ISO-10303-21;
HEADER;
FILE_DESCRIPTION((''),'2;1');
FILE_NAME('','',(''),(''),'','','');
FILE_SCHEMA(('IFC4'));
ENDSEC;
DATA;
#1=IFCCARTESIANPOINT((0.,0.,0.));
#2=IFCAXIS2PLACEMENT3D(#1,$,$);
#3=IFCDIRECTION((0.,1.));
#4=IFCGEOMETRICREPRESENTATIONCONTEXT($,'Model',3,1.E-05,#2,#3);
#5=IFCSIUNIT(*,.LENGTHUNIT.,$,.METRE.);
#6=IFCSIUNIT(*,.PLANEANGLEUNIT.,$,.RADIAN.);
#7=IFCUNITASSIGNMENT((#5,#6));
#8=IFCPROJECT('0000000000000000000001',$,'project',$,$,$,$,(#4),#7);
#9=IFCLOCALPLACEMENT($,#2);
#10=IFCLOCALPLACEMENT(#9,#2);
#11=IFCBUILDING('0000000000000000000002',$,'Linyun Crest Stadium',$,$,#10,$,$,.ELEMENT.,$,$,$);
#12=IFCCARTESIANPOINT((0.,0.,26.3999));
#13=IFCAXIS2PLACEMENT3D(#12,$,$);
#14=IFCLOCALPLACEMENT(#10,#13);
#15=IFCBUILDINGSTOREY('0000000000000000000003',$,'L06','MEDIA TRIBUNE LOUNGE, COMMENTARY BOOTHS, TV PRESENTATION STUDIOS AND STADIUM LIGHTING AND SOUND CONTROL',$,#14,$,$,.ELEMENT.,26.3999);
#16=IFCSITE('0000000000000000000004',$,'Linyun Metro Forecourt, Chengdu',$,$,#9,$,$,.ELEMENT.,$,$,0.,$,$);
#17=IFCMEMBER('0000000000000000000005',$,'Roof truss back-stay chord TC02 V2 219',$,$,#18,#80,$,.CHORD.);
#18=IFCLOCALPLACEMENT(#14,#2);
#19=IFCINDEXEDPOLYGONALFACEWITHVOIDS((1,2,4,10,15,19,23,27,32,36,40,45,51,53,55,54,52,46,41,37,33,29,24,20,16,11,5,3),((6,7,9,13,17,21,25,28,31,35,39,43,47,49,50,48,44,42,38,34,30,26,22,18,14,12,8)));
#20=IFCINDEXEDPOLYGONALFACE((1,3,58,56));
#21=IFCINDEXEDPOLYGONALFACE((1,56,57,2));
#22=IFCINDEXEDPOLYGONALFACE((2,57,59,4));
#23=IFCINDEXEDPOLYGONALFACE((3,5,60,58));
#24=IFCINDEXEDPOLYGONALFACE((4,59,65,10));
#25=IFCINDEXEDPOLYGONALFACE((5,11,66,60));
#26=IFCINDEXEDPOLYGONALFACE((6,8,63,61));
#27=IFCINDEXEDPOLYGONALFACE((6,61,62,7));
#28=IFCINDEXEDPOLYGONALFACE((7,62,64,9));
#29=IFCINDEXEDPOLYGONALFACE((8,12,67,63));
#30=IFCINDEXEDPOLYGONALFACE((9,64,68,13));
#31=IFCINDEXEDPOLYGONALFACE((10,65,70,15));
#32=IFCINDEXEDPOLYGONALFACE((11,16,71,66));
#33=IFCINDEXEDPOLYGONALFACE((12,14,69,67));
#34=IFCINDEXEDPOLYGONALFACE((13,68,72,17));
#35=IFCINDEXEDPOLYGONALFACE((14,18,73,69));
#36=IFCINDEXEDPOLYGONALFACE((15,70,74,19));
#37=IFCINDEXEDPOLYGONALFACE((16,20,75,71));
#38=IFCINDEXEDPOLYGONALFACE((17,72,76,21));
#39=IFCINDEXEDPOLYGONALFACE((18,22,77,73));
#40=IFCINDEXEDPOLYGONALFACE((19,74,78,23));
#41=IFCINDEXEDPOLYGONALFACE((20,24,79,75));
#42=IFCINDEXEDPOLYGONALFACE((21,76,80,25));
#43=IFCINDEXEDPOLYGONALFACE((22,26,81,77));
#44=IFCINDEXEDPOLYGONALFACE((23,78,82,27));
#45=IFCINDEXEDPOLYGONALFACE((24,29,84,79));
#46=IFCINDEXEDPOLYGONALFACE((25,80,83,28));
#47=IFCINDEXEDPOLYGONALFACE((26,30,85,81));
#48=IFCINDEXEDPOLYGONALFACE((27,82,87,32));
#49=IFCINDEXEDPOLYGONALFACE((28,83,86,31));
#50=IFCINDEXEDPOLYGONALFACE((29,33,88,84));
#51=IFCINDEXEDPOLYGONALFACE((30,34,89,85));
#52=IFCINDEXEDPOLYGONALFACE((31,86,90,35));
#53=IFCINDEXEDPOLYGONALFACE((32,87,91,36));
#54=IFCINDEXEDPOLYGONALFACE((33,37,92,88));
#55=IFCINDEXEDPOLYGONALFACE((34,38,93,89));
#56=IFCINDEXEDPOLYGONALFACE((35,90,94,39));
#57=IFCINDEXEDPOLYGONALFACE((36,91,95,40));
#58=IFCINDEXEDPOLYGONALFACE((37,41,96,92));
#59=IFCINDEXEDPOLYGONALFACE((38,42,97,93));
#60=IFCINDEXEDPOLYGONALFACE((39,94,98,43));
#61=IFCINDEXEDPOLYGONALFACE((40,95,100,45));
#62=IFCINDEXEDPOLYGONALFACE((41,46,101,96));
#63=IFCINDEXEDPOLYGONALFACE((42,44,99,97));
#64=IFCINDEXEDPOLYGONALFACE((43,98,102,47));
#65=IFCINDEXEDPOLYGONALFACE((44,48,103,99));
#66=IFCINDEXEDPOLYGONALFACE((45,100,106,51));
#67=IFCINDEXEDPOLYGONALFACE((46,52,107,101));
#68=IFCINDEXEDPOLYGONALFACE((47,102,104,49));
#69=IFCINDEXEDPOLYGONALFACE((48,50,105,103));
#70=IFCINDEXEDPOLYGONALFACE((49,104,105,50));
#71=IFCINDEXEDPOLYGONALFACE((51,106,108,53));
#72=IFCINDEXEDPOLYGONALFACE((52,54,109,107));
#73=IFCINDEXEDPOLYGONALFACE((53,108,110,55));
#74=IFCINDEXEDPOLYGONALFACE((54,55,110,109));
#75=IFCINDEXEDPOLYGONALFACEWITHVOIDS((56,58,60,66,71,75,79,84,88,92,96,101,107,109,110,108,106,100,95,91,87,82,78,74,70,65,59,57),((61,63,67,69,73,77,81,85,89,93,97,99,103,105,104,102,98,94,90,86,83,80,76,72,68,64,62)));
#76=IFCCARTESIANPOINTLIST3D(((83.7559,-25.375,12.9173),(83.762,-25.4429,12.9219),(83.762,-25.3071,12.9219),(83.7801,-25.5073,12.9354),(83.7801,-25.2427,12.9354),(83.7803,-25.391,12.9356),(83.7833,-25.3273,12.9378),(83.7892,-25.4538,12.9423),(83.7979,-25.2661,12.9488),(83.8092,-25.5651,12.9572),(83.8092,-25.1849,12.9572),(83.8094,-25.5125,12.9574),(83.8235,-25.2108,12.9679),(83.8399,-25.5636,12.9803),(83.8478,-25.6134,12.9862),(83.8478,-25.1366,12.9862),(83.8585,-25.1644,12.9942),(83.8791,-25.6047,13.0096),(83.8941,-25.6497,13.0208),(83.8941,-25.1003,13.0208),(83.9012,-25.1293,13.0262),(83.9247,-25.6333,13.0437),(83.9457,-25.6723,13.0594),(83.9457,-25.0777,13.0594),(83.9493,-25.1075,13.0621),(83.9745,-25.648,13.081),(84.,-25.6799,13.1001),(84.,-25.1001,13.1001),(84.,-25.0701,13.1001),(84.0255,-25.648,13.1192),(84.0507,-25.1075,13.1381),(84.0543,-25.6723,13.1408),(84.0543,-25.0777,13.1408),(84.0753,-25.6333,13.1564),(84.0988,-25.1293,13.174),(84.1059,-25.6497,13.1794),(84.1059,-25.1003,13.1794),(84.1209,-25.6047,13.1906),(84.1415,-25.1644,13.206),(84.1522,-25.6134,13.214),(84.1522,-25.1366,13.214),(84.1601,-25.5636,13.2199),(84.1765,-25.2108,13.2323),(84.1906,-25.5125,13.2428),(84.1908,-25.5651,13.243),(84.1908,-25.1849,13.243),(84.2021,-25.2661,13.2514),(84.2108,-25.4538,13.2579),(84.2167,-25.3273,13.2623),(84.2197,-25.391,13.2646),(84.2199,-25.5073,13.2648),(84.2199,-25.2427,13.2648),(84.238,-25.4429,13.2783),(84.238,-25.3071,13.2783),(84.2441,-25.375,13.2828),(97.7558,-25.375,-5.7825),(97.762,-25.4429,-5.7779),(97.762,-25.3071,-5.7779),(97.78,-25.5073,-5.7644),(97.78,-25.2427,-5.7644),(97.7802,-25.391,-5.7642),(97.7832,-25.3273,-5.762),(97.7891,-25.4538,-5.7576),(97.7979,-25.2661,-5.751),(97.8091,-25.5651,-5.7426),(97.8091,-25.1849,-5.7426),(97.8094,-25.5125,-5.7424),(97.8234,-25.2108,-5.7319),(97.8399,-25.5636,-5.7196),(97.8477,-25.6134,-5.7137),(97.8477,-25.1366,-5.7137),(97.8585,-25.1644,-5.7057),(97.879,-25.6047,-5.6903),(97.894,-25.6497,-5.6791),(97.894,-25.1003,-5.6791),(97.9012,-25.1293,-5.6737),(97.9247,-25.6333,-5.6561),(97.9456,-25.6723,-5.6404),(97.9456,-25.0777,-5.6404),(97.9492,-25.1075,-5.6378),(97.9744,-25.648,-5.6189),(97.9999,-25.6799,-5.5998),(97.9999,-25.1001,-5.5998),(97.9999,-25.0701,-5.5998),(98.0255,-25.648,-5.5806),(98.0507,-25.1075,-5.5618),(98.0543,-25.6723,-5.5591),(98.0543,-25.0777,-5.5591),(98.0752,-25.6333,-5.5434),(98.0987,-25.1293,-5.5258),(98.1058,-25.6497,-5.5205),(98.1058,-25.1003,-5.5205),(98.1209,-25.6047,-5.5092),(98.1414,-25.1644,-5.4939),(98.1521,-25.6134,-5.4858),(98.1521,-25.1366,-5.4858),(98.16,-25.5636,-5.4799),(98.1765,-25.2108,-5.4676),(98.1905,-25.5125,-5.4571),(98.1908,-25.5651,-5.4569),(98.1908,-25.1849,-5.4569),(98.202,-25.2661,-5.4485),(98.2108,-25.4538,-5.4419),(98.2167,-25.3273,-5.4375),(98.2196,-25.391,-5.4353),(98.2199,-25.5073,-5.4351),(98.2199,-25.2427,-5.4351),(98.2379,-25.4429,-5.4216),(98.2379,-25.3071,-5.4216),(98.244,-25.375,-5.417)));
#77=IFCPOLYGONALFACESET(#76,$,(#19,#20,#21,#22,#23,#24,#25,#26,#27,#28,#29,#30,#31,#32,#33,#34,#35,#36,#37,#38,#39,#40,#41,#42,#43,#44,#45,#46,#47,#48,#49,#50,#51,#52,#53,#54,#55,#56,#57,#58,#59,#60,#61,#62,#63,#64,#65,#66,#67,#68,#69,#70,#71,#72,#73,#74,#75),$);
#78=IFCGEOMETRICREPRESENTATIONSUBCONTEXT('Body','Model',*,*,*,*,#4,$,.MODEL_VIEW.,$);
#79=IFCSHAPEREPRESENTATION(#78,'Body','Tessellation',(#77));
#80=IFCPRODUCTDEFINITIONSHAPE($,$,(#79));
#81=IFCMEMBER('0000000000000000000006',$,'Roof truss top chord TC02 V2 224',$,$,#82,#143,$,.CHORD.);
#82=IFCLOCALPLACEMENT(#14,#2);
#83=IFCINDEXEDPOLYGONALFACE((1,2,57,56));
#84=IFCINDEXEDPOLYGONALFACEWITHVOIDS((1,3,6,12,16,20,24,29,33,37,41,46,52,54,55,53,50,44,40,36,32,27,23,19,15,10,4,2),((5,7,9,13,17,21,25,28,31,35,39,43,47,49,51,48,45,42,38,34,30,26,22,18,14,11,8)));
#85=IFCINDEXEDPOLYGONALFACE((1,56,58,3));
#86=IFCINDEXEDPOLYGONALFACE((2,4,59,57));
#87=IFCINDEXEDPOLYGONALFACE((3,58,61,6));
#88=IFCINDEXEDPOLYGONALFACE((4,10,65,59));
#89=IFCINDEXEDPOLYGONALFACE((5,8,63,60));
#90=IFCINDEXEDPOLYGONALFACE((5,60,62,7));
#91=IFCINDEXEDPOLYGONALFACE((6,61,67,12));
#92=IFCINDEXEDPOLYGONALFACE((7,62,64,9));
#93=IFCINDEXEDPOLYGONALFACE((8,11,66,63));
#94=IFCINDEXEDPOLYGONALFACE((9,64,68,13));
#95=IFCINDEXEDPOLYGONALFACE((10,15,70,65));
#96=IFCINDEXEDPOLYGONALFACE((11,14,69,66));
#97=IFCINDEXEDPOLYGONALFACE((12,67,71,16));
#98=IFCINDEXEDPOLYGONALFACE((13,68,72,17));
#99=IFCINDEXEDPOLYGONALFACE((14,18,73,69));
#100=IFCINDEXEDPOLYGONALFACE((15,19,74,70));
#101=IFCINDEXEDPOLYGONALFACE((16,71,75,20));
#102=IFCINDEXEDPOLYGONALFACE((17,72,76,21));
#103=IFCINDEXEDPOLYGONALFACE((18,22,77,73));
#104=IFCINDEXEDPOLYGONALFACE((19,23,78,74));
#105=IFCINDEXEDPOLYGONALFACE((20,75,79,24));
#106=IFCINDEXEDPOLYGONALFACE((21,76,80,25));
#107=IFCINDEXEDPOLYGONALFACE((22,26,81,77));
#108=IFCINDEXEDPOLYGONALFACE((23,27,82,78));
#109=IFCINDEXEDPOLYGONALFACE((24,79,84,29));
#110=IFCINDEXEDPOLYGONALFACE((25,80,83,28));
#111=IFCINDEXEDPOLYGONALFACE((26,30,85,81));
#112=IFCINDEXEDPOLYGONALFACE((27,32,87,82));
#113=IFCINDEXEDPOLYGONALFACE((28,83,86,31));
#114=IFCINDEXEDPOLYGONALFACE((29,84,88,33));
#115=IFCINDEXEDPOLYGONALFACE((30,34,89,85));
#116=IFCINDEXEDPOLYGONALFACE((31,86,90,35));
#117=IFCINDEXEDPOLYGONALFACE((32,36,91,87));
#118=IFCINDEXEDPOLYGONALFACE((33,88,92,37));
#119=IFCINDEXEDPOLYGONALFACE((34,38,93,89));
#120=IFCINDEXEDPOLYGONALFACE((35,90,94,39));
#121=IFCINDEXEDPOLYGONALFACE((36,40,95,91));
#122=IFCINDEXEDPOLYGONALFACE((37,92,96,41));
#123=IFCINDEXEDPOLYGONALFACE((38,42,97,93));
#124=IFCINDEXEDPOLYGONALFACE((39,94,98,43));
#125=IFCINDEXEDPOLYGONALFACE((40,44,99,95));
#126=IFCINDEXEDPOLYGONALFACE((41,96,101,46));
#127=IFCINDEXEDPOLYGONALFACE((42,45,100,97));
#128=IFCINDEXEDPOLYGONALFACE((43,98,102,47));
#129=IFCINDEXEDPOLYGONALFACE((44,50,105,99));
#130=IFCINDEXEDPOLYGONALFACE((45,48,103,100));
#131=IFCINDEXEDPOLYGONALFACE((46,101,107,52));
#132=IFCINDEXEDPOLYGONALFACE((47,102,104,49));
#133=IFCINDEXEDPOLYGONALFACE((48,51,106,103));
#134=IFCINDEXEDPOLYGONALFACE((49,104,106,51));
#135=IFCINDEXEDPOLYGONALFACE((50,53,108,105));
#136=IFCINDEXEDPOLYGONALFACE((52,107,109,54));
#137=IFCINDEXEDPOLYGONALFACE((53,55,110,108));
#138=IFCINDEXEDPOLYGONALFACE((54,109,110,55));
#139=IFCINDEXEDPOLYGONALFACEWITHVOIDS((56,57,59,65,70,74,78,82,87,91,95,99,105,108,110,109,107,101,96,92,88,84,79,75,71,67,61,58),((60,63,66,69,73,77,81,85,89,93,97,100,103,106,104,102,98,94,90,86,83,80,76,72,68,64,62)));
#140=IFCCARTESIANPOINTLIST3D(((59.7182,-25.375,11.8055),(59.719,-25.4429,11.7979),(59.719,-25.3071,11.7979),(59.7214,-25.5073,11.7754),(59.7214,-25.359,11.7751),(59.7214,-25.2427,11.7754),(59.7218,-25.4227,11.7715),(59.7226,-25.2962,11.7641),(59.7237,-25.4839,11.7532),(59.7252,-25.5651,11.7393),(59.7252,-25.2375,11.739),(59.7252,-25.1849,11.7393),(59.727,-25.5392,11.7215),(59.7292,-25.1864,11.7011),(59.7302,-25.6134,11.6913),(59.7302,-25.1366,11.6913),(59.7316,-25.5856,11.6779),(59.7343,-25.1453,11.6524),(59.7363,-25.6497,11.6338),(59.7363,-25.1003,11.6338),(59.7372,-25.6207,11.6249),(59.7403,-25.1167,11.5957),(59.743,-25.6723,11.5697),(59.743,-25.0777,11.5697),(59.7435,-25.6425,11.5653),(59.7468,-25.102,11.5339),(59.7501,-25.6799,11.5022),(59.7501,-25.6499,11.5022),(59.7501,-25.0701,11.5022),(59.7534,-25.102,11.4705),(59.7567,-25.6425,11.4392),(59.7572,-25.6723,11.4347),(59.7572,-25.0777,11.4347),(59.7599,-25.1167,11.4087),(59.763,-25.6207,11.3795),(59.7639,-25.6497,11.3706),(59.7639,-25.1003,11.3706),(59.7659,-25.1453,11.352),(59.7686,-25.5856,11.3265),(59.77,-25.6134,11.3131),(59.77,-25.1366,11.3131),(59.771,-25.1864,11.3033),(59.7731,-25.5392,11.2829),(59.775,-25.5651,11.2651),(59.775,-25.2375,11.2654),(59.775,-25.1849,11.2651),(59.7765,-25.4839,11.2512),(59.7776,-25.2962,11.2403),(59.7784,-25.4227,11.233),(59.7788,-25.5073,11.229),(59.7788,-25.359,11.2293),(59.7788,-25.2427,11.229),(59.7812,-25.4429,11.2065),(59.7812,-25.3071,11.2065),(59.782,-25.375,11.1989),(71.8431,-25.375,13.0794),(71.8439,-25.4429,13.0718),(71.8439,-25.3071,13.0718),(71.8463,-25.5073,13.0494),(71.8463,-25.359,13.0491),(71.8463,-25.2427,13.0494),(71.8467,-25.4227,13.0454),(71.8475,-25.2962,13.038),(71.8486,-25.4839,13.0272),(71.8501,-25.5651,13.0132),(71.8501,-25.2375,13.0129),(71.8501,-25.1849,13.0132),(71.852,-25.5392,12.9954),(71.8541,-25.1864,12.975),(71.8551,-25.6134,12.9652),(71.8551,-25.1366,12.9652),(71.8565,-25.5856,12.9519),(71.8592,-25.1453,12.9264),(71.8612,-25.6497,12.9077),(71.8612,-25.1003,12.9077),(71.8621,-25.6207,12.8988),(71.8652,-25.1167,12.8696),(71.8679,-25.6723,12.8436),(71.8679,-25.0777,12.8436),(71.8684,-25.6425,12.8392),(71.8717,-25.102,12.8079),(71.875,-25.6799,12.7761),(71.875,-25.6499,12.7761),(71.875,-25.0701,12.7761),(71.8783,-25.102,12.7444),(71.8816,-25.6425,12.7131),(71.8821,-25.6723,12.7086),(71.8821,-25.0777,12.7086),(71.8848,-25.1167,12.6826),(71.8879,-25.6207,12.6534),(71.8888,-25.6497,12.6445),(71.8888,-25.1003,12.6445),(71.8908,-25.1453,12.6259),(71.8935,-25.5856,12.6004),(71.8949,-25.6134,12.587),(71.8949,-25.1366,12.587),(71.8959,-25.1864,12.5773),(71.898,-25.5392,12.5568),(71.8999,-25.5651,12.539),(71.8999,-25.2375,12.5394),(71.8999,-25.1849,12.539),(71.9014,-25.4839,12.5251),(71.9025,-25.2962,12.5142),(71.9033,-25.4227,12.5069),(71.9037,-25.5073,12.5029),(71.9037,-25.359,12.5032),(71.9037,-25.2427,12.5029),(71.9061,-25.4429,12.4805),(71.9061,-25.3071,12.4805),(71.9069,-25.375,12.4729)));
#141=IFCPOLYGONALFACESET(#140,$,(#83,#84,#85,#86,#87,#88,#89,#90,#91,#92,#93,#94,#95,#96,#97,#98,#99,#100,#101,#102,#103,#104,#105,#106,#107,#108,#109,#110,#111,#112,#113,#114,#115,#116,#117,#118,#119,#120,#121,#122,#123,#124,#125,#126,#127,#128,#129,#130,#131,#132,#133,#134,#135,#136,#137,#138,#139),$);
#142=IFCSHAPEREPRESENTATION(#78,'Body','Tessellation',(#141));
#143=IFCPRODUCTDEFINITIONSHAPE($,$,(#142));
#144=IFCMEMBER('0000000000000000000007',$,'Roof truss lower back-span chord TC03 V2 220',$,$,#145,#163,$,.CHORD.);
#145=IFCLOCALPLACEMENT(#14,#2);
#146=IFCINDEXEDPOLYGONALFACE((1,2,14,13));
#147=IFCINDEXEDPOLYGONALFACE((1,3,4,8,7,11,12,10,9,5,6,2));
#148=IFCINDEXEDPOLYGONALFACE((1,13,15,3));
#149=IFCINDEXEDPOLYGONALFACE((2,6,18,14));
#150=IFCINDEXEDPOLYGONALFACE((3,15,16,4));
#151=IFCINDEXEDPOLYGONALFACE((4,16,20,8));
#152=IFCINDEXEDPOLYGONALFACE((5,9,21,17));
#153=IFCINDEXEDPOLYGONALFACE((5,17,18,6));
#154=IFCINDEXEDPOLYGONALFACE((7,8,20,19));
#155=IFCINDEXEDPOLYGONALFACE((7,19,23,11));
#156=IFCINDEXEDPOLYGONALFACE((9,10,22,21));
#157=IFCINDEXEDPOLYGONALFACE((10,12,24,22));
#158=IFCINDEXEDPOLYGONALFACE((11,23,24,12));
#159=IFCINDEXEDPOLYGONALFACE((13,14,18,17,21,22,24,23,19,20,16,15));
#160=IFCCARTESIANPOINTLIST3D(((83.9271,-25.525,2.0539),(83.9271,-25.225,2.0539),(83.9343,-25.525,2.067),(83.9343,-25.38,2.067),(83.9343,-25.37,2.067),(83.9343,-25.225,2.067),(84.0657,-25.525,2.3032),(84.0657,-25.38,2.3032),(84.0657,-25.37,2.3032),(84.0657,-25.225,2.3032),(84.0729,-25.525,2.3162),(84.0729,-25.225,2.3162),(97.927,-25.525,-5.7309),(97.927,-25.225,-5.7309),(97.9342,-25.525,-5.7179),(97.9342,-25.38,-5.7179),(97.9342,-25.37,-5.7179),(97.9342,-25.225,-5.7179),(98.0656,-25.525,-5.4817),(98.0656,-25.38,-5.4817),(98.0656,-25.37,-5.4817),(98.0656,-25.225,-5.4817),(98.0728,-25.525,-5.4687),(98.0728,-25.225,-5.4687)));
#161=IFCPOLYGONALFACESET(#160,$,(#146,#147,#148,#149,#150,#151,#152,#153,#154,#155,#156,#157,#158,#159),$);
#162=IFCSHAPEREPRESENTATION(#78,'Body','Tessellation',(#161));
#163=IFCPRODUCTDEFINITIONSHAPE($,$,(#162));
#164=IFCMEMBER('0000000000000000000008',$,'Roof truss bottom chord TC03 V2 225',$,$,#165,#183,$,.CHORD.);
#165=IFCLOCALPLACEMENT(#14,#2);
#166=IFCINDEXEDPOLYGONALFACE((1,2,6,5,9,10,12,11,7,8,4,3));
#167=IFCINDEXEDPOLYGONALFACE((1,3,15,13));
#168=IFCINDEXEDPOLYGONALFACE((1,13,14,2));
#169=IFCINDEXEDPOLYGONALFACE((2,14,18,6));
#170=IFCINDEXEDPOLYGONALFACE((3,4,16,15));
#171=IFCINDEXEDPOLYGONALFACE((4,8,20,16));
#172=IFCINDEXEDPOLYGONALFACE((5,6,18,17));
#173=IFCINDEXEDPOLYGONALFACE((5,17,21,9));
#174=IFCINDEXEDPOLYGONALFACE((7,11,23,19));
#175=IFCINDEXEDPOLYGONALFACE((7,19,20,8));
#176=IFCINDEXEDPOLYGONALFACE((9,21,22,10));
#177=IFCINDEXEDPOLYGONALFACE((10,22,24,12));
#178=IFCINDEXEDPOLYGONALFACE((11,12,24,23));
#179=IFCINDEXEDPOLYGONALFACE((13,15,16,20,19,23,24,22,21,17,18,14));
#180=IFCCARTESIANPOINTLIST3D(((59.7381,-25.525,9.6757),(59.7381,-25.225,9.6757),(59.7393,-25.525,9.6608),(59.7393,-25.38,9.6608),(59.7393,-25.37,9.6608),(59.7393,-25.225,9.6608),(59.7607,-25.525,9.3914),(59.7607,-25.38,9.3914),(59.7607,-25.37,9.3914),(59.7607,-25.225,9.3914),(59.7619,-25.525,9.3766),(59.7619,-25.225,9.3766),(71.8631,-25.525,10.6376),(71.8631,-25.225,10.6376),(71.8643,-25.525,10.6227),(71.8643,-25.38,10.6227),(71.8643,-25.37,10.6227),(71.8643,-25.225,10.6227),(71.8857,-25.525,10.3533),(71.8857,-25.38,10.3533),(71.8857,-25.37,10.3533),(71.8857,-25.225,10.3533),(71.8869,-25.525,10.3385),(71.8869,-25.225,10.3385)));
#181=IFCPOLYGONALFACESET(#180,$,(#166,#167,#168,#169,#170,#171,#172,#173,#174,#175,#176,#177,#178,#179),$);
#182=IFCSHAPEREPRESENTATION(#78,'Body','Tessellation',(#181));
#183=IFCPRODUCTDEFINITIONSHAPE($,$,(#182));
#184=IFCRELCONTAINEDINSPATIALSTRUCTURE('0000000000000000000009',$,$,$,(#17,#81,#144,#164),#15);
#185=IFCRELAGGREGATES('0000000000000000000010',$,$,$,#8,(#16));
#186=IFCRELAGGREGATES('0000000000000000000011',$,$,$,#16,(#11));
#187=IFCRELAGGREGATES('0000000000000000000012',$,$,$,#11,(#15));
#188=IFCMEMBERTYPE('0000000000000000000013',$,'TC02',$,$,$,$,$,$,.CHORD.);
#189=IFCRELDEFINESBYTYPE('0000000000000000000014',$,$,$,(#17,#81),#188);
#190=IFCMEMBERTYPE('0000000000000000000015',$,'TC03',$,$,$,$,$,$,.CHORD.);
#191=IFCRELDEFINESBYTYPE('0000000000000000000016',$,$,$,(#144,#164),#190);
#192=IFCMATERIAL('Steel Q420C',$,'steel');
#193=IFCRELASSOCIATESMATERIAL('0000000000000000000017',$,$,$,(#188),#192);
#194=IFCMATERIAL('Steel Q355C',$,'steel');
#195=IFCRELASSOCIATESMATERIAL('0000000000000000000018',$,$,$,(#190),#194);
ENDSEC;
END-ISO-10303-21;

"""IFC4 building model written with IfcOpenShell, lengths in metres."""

from ifc_helpers import new_model, si_unit, direction, frame, origin, origin_2d, place, context, subcontext, project, spatial, hollow_circle, i_section, extrude, material, material_profile, profile_set, type_object, element, save


model = new_model("IFC4")

# Units and contexts
model_context = context("Model", 3, precision=1e-05, world=origin(), true_north=direction((0.0, 1.0)))
body_context = subcontext(model_context, "Body", "Model", "MODEL_VIEW")
ifc_project = project(units=[si_unit("LENGTHUNIT", "METRE"), si_unit("PLANEANGLEUNIT", "RADIAN")], contexts=[model_context])

# Site, building, storey
site_placement = place(None, origin())
site = spatial("IfcSite", under=ifc_project, at=site_placement, Name="Linyun Metro Forecourt, Chengdu", CompositionType="ELEMENT", RefElevation=0.0)
building_placement = place(site_placement, origin())
building = spatial("IfcBuilding", under=site, at=building_placement, Name="Linyun Crest Stadium", CompositionType="ELEMENT")
storey_placement = place(building_placement, frame((0.0, 0.0, 26.3999)))
storey = spatial("IfcBuildingStorey", under=building, at=storey_placement, Name="L06", Description="MEDIA TRIBUNE LOUNGE, COMMENTARY BOOTHS, TV PRESENTATION STUDIOS AND STADIUM LIGHTING AND SOUND CONTROL", CompositionType="ELEMENT", Elevation=26.3999)

# Members
ifc_material_1 = material(Name="Steel Q420C", Category="steel")
ifc_material_profile_1 = material_profile(ifc_material_1, hollow_circle(Radius=0.3049, WallThickness=0.03, at=origin_2d()), Name="CHS 610x30")
ifc_profile_set_1 = profile_set([ifc_material_profile_1], Name="Steel Q420C")
member_type_1 = type_object("IfcMemberType", Name="TC02", PredefinedType="CHORD", material=ifc_profile_set_1)
member_1_placement = place(storey_placement, frame((84.0, -25.375, 13.1001), z_axis=(0.599316, 0.0, -0.800513), x_axis=(0.0, 1.0, 0.0)))
element("IfcMember", 1, at=member_1_placement, inside=storey, type_object=member_type_1, Name="Roof truss back-stay chord TC02 V2 219", PredefinedType="CHORD", context=body_context, shape_type="SweptSolid", body=[
    extrude(hollow_circle(Radius=0.3049, WallThickness=0.03, at=origin_2d()), origin(), (0.0, 0.0, 1.0), 23.3599),
])
member_2_placement = place(storey_placement, frame((71.875, -25.375, 12.7761), z_axis=(-0.994526, 0.0, -0.104491), x_axis=(0.0, -1.0, 0.0)))
element("IfcMember", 2, at=member_2_placement, inside=storey, type_object=member_type_1, Name="Roof truss top chord TC02 V2 224", PredefinedType="CHORD", context=body_context, shape_type="SweptSolid", body=[
    extrude(hollow_circle(Radius=0.3049, WallThickness=0.03, at=origin_2d()), origin(), (0.0, 0.0, 1.0), 12.1917),
])
ifc_material_2 = material(Name="Steel Q355C", Category="steel")
ifc_material_profile_2 = material_profile(ifc_material_2, i_section(OverallWidth=0.3, OverallDepth=0.3, WebThickness=0.01, FlangeThickness=0.0149, at=origin_2d()), Name="HW 300x300")
ifc_profile_set_2 = profile_set([ifc_material_profile_2], Name="Steel Q355C")
member_type_2 = type_object("IfcMemberType", Name="TC03", PredefinedType="CHORD", material=ifc_profile_set_2)
member_3_placement = place(storey_placement, frame((84.0, -25.375, 2.1851), z_axis=(0.873968, 0.0, -0.485983), x_axis=(0.0, 1.0, 0.0)))
element("IfcMember", 3, at=member_3_placement, inside=storey, type_object=member_type_2, Name="Roof truss lower back-span chord TC03 V2 220", PredefinedType="CHORD", context=body_context, shape_type="SweptSolid", body=[
    extrude(i_section(OverallWidth=0.3, OverallDepth=0.3, WebThickness=0.01, FlangeThickness=0.0149, at=origin_2d()), origin(), (0.0, 0.0, 1.0), 16.0188),
])
member_4_placement = place(storey_placement, frame((71.875, -25.375, 10.488), z_axis=(-0.996868, 0.0, -0.079085), x_axis=(0.0, -1.0, 0.0)))
element("IfcMember", 4, at=member_4_placement, inside=storey, type_object=member_type_2, Name="Roof truss bottom chord TC03 V2 225", PredefinedType="CHORD", context=body_context, shape_type="SweptSolid", body=[
    extrude(i_section(OverallWidth=0.3, OverallDepth=0.3, WebThickness=0.01, FlangeThickness=0.0149, at=origin_2d()), origin(), (0.0, 0.0, 1.0), 12.1631),
])

save(model, "model.ifc")
